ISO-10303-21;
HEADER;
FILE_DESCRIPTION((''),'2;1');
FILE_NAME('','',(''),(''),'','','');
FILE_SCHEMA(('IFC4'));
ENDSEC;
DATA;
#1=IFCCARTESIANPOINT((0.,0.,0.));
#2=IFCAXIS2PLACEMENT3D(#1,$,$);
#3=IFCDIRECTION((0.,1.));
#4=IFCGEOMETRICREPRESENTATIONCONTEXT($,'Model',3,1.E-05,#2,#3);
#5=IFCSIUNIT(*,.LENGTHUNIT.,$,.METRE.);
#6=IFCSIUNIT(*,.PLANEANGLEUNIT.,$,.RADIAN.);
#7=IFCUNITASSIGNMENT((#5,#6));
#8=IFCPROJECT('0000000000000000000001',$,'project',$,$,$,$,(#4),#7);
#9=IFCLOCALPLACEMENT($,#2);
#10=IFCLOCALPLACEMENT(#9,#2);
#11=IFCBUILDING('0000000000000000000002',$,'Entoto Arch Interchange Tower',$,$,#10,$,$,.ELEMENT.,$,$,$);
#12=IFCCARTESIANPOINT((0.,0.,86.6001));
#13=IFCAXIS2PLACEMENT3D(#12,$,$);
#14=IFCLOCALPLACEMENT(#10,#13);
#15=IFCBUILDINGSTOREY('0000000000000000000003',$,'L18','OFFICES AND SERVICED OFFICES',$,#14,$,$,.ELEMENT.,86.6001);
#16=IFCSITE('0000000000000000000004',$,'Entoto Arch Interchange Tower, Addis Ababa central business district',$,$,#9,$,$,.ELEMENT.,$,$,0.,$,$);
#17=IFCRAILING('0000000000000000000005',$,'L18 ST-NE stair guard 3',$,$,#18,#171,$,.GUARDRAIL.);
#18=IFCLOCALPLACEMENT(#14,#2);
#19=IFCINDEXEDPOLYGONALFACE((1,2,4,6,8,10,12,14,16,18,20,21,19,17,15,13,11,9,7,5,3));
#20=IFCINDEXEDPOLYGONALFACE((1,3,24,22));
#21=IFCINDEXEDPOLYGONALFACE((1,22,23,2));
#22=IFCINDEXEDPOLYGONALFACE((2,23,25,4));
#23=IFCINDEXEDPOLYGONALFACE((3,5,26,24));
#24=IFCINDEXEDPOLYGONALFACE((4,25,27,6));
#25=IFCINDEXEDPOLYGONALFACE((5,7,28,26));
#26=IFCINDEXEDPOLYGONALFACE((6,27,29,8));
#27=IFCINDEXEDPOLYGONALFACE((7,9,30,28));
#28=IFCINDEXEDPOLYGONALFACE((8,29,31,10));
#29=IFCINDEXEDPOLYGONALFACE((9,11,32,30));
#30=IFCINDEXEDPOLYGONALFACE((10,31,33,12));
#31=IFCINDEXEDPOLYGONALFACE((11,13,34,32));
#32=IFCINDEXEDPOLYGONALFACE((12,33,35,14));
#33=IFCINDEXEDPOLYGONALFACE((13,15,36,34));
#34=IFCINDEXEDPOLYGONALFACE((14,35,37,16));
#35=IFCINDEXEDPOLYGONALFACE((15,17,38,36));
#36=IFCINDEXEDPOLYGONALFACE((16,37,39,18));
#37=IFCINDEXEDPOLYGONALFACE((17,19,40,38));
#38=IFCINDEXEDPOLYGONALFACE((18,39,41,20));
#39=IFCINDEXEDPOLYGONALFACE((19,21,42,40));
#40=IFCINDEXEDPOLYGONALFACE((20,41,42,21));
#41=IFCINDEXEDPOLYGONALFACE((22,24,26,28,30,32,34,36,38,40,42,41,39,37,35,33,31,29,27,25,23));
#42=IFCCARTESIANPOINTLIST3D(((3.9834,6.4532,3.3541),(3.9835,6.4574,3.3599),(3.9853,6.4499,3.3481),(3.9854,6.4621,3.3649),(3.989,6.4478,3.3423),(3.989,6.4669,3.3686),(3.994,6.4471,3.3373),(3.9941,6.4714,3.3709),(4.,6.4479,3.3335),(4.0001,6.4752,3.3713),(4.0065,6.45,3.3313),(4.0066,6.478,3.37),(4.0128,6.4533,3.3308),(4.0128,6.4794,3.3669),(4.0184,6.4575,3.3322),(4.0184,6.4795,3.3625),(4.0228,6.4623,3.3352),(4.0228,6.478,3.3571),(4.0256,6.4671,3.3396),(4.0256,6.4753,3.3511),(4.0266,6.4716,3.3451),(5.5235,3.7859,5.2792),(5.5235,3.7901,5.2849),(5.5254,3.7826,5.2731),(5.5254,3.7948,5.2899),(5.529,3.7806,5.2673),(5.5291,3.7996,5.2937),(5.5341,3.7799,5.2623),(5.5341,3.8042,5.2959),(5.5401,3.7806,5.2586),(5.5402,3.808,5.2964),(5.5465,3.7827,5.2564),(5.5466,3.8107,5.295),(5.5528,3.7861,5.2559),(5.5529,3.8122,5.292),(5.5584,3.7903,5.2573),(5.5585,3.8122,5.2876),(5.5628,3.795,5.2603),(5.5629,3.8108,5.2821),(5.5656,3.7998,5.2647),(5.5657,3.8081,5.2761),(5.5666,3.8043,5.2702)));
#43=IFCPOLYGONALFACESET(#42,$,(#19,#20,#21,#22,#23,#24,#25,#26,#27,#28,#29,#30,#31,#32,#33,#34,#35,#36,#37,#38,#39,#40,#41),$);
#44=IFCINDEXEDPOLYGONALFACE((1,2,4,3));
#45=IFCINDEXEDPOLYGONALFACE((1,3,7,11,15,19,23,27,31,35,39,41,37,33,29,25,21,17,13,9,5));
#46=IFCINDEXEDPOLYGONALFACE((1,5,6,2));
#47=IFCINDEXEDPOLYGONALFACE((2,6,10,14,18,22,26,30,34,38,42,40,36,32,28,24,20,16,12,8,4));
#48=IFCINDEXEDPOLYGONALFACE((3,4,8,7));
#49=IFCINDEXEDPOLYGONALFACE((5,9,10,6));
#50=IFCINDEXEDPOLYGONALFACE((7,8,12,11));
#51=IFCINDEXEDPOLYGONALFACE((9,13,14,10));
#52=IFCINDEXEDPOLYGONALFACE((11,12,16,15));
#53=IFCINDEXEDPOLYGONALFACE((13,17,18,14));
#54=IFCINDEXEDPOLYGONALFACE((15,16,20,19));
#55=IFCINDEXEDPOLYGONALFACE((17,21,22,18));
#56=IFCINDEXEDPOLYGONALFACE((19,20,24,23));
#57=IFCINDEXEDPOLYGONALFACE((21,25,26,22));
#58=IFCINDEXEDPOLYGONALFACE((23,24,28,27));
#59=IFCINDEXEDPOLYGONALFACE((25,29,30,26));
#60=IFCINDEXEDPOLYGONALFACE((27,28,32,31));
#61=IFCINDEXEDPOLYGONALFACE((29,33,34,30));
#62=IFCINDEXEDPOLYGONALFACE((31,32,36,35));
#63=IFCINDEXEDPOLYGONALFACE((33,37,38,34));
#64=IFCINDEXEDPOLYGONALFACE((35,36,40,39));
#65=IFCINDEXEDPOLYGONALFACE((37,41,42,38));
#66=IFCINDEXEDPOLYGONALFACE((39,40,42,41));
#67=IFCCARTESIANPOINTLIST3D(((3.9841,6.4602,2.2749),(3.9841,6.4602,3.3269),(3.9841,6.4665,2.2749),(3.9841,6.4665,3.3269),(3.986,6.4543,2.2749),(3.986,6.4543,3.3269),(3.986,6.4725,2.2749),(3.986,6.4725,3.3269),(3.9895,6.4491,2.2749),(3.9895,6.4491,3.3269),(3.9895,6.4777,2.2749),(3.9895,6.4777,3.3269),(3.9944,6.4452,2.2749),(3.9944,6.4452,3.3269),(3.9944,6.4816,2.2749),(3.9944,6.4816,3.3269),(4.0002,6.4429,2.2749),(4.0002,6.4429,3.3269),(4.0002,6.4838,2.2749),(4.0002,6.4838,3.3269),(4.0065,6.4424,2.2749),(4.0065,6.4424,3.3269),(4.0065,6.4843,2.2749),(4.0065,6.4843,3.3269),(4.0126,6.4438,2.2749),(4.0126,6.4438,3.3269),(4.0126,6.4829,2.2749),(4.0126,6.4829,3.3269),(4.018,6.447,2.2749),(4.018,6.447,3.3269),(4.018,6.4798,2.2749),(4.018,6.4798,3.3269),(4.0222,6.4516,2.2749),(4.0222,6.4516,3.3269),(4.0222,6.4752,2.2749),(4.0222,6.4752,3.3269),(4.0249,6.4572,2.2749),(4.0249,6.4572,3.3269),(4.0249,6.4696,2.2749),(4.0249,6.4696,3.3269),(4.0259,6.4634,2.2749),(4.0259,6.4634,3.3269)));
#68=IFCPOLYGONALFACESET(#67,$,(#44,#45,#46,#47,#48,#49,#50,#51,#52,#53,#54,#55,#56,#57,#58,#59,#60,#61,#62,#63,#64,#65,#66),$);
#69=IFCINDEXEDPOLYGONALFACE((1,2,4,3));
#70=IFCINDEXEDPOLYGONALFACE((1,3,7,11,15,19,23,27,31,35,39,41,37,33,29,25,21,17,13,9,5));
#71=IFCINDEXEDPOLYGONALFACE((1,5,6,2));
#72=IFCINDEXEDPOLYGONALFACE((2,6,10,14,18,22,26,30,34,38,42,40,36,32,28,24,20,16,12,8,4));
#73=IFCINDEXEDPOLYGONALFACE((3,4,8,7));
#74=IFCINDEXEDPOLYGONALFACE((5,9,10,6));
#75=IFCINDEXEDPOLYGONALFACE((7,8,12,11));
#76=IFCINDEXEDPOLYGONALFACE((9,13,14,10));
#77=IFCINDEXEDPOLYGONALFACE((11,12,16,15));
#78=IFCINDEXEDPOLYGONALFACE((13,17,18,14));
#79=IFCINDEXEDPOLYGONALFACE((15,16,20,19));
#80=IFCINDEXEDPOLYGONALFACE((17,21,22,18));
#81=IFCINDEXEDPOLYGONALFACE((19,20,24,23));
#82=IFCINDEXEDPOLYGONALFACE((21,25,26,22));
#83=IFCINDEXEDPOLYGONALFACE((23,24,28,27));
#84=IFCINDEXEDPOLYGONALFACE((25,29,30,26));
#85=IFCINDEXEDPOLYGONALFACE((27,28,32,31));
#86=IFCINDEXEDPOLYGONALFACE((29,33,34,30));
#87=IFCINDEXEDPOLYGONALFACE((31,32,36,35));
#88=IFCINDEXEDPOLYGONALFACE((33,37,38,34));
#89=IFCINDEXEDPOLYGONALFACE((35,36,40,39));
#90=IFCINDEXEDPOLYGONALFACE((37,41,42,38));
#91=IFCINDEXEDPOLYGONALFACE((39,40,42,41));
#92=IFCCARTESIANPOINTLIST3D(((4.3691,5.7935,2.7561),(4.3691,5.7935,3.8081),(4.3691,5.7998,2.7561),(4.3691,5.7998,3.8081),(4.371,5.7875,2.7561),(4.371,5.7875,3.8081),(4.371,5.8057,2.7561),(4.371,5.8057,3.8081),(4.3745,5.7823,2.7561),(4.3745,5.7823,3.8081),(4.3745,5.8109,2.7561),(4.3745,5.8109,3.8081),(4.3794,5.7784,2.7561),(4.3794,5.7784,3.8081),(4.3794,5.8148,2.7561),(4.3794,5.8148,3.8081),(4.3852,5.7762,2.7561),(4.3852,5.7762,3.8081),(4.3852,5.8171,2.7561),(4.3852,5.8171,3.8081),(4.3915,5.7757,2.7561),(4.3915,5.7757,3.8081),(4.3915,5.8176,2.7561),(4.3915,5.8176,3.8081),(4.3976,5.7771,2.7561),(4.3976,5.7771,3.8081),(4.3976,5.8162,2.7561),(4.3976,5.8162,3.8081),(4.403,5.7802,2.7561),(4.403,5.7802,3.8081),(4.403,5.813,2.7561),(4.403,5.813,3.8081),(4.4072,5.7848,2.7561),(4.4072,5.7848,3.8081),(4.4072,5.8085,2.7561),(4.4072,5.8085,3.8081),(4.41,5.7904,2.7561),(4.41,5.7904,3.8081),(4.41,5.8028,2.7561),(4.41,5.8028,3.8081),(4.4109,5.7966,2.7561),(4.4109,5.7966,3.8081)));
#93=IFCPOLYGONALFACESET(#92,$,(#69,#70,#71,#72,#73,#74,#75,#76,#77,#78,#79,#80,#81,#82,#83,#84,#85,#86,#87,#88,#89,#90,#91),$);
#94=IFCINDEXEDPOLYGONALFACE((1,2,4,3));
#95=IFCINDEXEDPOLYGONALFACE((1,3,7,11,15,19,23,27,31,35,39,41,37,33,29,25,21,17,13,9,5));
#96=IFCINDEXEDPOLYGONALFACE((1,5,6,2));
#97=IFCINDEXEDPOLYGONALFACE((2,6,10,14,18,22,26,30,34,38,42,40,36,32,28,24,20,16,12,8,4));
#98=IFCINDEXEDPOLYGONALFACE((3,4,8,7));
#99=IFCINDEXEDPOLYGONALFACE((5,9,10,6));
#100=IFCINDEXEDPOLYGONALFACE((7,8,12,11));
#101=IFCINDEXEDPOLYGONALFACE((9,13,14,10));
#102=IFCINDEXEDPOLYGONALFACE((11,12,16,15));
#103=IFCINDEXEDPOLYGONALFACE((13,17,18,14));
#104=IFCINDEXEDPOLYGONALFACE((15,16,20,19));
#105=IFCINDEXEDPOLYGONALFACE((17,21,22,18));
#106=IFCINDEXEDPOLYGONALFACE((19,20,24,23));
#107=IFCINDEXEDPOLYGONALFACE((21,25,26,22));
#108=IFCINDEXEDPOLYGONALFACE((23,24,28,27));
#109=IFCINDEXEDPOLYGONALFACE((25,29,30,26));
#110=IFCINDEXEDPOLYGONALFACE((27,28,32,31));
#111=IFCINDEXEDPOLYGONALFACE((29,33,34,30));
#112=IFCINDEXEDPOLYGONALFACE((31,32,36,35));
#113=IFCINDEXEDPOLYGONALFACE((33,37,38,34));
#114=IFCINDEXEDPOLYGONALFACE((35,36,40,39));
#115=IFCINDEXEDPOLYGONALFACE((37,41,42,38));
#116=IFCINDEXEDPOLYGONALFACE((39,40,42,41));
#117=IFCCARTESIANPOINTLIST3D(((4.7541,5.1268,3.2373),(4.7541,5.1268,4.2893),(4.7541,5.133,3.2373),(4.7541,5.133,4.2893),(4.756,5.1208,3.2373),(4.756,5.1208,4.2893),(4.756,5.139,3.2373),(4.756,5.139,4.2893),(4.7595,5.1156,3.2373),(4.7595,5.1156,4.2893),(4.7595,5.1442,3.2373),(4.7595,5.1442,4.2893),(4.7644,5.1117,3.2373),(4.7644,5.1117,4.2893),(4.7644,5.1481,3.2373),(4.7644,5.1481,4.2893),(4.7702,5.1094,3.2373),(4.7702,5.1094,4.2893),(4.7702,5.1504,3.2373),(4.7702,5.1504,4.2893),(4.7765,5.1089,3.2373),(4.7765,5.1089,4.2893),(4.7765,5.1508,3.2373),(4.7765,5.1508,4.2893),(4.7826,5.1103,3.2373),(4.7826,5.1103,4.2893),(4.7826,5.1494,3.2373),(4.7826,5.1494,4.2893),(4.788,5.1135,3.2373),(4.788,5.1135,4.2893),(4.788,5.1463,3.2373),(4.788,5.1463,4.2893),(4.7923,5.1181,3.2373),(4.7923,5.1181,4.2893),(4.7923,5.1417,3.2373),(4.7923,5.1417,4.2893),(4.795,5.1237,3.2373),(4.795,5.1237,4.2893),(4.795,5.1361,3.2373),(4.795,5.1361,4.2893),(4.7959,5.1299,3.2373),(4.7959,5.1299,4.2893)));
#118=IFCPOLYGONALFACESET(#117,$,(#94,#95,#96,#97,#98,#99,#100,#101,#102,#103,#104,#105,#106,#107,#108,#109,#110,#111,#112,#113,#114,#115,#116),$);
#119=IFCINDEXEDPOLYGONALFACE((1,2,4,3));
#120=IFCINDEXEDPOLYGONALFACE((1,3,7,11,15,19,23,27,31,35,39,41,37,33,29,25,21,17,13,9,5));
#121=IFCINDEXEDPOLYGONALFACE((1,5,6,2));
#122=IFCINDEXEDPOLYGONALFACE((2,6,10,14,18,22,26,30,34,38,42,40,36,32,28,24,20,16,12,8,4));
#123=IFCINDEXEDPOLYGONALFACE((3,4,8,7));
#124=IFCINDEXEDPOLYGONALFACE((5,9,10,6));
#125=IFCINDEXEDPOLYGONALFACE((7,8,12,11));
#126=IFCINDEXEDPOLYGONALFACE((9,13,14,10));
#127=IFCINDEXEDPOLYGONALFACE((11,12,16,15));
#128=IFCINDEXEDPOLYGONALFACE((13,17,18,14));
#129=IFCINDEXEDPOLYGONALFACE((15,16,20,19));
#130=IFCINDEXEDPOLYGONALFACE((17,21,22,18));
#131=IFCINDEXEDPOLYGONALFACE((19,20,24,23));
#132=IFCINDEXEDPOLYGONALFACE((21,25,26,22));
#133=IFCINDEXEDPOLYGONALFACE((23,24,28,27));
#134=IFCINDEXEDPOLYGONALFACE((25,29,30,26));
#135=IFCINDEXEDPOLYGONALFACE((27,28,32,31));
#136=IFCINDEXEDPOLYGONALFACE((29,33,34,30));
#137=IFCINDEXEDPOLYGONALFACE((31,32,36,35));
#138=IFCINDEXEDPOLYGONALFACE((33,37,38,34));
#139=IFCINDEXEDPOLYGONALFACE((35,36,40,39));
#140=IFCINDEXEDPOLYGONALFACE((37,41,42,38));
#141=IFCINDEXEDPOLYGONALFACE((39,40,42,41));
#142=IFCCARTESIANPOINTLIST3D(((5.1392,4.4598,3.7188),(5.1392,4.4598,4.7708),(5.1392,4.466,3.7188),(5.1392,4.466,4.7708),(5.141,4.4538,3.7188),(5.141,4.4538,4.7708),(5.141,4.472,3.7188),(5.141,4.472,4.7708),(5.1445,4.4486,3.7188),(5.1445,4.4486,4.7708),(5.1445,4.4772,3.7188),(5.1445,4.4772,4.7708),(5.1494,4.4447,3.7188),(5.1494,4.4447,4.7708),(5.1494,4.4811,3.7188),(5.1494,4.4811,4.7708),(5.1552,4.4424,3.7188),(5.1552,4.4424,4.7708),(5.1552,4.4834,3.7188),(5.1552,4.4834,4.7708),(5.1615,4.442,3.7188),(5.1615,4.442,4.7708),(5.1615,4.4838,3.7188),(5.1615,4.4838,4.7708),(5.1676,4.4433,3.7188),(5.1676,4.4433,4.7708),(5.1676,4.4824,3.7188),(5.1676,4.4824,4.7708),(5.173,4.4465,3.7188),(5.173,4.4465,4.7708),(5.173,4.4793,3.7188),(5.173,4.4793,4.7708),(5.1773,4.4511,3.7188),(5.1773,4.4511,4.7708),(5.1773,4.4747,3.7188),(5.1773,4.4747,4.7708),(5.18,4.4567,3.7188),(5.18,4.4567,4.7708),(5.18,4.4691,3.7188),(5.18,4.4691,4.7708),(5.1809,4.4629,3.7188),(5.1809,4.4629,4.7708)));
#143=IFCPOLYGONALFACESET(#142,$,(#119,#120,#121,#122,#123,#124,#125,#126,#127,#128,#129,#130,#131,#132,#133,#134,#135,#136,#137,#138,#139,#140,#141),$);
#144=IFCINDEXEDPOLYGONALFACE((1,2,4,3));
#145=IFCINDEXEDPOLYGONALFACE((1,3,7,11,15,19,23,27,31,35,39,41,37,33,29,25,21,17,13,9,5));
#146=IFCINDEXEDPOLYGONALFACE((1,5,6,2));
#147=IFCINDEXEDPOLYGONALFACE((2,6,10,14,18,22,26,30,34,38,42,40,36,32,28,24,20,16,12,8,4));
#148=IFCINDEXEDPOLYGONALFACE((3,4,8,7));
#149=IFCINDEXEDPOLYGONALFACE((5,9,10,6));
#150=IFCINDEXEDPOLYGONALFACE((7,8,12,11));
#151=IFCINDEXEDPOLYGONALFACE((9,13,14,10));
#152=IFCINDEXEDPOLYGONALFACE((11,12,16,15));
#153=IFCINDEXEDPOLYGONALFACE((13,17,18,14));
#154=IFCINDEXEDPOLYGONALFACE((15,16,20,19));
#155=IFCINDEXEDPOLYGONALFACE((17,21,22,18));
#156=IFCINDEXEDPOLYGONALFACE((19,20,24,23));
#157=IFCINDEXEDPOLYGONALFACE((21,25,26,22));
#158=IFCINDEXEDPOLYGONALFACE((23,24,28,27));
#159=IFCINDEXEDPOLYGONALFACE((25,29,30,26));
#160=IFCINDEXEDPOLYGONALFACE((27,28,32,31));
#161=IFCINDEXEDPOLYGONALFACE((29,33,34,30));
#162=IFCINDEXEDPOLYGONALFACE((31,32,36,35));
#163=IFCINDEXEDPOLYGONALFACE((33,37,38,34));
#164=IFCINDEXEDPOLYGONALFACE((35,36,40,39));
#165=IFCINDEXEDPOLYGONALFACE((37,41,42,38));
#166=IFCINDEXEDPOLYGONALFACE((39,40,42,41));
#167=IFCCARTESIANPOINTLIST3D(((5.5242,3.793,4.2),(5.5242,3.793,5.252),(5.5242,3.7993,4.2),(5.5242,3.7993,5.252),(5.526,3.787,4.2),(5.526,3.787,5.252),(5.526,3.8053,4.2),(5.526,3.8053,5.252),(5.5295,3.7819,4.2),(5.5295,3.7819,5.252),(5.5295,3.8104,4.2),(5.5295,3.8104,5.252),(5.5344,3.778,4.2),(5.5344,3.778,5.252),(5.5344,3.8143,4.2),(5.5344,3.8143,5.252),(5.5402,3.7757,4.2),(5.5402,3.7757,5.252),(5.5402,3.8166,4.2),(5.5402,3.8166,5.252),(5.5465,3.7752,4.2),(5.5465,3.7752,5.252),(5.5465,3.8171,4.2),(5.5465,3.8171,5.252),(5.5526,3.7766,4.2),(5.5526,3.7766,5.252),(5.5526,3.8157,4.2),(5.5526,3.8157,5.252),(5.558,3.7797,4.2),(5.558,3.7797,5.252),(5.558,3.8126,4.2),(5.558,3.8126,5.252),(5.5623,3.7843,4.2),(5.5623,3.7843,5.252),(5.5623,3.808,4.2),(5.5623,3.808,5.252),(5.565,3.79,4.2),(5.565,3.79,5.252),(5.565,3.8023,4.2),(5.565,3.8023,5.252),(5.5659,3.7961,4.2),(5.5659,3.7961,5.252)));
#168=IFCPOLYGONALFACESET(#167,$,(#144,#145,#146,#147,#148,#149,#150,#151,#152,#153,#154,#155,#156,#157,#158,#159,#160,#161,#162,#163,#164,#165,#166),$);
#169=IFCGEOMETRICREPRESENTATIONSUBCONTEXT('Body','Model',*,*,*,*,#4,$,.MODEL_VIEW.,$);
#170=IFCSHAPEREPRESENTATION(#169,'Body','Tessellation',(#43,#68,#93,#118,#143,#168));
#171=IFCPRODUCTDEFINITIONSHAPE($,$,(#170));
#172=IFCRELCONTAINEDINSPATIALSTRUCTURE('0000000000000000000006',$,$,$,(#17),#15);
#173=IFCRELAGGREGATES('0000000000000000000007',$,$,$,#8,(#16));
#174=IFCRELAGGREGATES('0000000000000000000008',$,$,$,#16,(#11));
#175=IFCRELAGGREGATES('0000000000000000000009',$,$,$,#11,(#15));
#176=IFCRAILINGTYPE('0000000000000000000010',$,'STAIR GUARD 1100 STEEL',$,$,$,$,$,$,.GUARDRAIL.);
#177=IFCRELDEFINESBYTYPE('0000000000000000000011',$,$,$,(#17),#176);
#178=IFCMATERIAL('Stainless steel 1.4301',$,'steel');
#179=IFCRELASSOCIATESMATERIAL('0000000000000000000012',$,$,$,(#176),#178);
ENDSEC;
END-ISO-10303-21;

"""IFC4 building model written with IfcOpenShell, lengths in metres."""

from ifc_helpers import new_model, si_unit, direction, frame, origin, origin_2d, place, context, subcontext, project, spatial, circle, extrude, material, type_object, element, save


model = new_model("IFC4")

# Units and contexts
model_context = context("Model", 3, precision=1e-05, world=origin(), true_north=direction((0.0, 1.0)))
body_context = subcontext(model_context, "Body", "Model", "MODEL_VIEW")
ifc_project = project(units=[si_unit("LENGTHUNIT", "METRE"), si_unit("PLANEANGLEUNIT", "RADIAN")], contexts=[model_context])

# Site, building, storey
site_placement = place(None, origin())
site = spatial("IfcSite", under=ifc_project, at=site_placement, Name="Entoto Arch Interchange Tower, Addis Ababa central business district", CompositionType="ELEMENT", RefElevation=0.0)
building_placement = place(site_placement, origin())
building = spatial("IfcBuilding", under=site, at=building_placement, Name="Entoto Arch Interchange Tower", CompositionType="ELEMENT")
storey_placement = place(building_placement, frame((0.0, 0.0, 86.6001)))
storey = spatial("IfcBuildingStorey", under=building, at=storey_placement, Name="L18", Description="OFFICES AND SERVICED OFFICES", CompositionType="ELEMENT", Elevation=86.6001)

# Railing
ifc_material_1 = material(Name="Stainless steel 1.4301", Category="steel")
railing_type_1 = type_object("IfcRailingType", Name="STAIR GUARD 1100 STEEL", PredefinedType="GUARDRAIL", material=ifc_material_1)
railing_1_placement = place(storey_placement, frame((4.0049, 6.4634, 2.2749)))
element("IfcRailing", 1, at=railing_1_placement, inside=storey, type_object=railing_type_1, Name="L18 ST-NE stair guard 3", PredefinedType="GUARDRAIL", context=body_context, shape_type="SweptSolid", body=[
    extrude(circle(Radius=0.0239, at=origin_2d()), frame((0.0, 0.0, 1.0762), z_axis=(0.424015, -0.734364, 0.530019), x_axis=(0.86601, 0.500027, 0.0)), (0.0, 0.0, 1.0), 3.6321),
    extrude(circle(Radius=0.021, at=origin_2d()), origin(), (0.0, 0.0, 1.0), 1.052),
    extrude(circle(Radius=0.021, at=origin_2d()), frame((0.385, -0.6667, 0.4812)), (0.0, 0.0, 1.0), 1.052),
    extrude(circle(Radius=0.021, at=origin_2d()), frame((0.77, -1.3335, 0.9624)), (0.0, 0.0, 1.0), 1.052),
    extrude(circle(Radius=0.021, at=origin_2d()), frame((1.155, -2.0005, 1.4438)), (0.0, 0.0, 1.0), 1.052),
    extrude(circle(Radius=0.021, at=origin_2d()), frame((1.54, -2.6672, 1.925)), (0.0, 0.0, 1.0), 1.052),
])

save(model, "model.ifc")
